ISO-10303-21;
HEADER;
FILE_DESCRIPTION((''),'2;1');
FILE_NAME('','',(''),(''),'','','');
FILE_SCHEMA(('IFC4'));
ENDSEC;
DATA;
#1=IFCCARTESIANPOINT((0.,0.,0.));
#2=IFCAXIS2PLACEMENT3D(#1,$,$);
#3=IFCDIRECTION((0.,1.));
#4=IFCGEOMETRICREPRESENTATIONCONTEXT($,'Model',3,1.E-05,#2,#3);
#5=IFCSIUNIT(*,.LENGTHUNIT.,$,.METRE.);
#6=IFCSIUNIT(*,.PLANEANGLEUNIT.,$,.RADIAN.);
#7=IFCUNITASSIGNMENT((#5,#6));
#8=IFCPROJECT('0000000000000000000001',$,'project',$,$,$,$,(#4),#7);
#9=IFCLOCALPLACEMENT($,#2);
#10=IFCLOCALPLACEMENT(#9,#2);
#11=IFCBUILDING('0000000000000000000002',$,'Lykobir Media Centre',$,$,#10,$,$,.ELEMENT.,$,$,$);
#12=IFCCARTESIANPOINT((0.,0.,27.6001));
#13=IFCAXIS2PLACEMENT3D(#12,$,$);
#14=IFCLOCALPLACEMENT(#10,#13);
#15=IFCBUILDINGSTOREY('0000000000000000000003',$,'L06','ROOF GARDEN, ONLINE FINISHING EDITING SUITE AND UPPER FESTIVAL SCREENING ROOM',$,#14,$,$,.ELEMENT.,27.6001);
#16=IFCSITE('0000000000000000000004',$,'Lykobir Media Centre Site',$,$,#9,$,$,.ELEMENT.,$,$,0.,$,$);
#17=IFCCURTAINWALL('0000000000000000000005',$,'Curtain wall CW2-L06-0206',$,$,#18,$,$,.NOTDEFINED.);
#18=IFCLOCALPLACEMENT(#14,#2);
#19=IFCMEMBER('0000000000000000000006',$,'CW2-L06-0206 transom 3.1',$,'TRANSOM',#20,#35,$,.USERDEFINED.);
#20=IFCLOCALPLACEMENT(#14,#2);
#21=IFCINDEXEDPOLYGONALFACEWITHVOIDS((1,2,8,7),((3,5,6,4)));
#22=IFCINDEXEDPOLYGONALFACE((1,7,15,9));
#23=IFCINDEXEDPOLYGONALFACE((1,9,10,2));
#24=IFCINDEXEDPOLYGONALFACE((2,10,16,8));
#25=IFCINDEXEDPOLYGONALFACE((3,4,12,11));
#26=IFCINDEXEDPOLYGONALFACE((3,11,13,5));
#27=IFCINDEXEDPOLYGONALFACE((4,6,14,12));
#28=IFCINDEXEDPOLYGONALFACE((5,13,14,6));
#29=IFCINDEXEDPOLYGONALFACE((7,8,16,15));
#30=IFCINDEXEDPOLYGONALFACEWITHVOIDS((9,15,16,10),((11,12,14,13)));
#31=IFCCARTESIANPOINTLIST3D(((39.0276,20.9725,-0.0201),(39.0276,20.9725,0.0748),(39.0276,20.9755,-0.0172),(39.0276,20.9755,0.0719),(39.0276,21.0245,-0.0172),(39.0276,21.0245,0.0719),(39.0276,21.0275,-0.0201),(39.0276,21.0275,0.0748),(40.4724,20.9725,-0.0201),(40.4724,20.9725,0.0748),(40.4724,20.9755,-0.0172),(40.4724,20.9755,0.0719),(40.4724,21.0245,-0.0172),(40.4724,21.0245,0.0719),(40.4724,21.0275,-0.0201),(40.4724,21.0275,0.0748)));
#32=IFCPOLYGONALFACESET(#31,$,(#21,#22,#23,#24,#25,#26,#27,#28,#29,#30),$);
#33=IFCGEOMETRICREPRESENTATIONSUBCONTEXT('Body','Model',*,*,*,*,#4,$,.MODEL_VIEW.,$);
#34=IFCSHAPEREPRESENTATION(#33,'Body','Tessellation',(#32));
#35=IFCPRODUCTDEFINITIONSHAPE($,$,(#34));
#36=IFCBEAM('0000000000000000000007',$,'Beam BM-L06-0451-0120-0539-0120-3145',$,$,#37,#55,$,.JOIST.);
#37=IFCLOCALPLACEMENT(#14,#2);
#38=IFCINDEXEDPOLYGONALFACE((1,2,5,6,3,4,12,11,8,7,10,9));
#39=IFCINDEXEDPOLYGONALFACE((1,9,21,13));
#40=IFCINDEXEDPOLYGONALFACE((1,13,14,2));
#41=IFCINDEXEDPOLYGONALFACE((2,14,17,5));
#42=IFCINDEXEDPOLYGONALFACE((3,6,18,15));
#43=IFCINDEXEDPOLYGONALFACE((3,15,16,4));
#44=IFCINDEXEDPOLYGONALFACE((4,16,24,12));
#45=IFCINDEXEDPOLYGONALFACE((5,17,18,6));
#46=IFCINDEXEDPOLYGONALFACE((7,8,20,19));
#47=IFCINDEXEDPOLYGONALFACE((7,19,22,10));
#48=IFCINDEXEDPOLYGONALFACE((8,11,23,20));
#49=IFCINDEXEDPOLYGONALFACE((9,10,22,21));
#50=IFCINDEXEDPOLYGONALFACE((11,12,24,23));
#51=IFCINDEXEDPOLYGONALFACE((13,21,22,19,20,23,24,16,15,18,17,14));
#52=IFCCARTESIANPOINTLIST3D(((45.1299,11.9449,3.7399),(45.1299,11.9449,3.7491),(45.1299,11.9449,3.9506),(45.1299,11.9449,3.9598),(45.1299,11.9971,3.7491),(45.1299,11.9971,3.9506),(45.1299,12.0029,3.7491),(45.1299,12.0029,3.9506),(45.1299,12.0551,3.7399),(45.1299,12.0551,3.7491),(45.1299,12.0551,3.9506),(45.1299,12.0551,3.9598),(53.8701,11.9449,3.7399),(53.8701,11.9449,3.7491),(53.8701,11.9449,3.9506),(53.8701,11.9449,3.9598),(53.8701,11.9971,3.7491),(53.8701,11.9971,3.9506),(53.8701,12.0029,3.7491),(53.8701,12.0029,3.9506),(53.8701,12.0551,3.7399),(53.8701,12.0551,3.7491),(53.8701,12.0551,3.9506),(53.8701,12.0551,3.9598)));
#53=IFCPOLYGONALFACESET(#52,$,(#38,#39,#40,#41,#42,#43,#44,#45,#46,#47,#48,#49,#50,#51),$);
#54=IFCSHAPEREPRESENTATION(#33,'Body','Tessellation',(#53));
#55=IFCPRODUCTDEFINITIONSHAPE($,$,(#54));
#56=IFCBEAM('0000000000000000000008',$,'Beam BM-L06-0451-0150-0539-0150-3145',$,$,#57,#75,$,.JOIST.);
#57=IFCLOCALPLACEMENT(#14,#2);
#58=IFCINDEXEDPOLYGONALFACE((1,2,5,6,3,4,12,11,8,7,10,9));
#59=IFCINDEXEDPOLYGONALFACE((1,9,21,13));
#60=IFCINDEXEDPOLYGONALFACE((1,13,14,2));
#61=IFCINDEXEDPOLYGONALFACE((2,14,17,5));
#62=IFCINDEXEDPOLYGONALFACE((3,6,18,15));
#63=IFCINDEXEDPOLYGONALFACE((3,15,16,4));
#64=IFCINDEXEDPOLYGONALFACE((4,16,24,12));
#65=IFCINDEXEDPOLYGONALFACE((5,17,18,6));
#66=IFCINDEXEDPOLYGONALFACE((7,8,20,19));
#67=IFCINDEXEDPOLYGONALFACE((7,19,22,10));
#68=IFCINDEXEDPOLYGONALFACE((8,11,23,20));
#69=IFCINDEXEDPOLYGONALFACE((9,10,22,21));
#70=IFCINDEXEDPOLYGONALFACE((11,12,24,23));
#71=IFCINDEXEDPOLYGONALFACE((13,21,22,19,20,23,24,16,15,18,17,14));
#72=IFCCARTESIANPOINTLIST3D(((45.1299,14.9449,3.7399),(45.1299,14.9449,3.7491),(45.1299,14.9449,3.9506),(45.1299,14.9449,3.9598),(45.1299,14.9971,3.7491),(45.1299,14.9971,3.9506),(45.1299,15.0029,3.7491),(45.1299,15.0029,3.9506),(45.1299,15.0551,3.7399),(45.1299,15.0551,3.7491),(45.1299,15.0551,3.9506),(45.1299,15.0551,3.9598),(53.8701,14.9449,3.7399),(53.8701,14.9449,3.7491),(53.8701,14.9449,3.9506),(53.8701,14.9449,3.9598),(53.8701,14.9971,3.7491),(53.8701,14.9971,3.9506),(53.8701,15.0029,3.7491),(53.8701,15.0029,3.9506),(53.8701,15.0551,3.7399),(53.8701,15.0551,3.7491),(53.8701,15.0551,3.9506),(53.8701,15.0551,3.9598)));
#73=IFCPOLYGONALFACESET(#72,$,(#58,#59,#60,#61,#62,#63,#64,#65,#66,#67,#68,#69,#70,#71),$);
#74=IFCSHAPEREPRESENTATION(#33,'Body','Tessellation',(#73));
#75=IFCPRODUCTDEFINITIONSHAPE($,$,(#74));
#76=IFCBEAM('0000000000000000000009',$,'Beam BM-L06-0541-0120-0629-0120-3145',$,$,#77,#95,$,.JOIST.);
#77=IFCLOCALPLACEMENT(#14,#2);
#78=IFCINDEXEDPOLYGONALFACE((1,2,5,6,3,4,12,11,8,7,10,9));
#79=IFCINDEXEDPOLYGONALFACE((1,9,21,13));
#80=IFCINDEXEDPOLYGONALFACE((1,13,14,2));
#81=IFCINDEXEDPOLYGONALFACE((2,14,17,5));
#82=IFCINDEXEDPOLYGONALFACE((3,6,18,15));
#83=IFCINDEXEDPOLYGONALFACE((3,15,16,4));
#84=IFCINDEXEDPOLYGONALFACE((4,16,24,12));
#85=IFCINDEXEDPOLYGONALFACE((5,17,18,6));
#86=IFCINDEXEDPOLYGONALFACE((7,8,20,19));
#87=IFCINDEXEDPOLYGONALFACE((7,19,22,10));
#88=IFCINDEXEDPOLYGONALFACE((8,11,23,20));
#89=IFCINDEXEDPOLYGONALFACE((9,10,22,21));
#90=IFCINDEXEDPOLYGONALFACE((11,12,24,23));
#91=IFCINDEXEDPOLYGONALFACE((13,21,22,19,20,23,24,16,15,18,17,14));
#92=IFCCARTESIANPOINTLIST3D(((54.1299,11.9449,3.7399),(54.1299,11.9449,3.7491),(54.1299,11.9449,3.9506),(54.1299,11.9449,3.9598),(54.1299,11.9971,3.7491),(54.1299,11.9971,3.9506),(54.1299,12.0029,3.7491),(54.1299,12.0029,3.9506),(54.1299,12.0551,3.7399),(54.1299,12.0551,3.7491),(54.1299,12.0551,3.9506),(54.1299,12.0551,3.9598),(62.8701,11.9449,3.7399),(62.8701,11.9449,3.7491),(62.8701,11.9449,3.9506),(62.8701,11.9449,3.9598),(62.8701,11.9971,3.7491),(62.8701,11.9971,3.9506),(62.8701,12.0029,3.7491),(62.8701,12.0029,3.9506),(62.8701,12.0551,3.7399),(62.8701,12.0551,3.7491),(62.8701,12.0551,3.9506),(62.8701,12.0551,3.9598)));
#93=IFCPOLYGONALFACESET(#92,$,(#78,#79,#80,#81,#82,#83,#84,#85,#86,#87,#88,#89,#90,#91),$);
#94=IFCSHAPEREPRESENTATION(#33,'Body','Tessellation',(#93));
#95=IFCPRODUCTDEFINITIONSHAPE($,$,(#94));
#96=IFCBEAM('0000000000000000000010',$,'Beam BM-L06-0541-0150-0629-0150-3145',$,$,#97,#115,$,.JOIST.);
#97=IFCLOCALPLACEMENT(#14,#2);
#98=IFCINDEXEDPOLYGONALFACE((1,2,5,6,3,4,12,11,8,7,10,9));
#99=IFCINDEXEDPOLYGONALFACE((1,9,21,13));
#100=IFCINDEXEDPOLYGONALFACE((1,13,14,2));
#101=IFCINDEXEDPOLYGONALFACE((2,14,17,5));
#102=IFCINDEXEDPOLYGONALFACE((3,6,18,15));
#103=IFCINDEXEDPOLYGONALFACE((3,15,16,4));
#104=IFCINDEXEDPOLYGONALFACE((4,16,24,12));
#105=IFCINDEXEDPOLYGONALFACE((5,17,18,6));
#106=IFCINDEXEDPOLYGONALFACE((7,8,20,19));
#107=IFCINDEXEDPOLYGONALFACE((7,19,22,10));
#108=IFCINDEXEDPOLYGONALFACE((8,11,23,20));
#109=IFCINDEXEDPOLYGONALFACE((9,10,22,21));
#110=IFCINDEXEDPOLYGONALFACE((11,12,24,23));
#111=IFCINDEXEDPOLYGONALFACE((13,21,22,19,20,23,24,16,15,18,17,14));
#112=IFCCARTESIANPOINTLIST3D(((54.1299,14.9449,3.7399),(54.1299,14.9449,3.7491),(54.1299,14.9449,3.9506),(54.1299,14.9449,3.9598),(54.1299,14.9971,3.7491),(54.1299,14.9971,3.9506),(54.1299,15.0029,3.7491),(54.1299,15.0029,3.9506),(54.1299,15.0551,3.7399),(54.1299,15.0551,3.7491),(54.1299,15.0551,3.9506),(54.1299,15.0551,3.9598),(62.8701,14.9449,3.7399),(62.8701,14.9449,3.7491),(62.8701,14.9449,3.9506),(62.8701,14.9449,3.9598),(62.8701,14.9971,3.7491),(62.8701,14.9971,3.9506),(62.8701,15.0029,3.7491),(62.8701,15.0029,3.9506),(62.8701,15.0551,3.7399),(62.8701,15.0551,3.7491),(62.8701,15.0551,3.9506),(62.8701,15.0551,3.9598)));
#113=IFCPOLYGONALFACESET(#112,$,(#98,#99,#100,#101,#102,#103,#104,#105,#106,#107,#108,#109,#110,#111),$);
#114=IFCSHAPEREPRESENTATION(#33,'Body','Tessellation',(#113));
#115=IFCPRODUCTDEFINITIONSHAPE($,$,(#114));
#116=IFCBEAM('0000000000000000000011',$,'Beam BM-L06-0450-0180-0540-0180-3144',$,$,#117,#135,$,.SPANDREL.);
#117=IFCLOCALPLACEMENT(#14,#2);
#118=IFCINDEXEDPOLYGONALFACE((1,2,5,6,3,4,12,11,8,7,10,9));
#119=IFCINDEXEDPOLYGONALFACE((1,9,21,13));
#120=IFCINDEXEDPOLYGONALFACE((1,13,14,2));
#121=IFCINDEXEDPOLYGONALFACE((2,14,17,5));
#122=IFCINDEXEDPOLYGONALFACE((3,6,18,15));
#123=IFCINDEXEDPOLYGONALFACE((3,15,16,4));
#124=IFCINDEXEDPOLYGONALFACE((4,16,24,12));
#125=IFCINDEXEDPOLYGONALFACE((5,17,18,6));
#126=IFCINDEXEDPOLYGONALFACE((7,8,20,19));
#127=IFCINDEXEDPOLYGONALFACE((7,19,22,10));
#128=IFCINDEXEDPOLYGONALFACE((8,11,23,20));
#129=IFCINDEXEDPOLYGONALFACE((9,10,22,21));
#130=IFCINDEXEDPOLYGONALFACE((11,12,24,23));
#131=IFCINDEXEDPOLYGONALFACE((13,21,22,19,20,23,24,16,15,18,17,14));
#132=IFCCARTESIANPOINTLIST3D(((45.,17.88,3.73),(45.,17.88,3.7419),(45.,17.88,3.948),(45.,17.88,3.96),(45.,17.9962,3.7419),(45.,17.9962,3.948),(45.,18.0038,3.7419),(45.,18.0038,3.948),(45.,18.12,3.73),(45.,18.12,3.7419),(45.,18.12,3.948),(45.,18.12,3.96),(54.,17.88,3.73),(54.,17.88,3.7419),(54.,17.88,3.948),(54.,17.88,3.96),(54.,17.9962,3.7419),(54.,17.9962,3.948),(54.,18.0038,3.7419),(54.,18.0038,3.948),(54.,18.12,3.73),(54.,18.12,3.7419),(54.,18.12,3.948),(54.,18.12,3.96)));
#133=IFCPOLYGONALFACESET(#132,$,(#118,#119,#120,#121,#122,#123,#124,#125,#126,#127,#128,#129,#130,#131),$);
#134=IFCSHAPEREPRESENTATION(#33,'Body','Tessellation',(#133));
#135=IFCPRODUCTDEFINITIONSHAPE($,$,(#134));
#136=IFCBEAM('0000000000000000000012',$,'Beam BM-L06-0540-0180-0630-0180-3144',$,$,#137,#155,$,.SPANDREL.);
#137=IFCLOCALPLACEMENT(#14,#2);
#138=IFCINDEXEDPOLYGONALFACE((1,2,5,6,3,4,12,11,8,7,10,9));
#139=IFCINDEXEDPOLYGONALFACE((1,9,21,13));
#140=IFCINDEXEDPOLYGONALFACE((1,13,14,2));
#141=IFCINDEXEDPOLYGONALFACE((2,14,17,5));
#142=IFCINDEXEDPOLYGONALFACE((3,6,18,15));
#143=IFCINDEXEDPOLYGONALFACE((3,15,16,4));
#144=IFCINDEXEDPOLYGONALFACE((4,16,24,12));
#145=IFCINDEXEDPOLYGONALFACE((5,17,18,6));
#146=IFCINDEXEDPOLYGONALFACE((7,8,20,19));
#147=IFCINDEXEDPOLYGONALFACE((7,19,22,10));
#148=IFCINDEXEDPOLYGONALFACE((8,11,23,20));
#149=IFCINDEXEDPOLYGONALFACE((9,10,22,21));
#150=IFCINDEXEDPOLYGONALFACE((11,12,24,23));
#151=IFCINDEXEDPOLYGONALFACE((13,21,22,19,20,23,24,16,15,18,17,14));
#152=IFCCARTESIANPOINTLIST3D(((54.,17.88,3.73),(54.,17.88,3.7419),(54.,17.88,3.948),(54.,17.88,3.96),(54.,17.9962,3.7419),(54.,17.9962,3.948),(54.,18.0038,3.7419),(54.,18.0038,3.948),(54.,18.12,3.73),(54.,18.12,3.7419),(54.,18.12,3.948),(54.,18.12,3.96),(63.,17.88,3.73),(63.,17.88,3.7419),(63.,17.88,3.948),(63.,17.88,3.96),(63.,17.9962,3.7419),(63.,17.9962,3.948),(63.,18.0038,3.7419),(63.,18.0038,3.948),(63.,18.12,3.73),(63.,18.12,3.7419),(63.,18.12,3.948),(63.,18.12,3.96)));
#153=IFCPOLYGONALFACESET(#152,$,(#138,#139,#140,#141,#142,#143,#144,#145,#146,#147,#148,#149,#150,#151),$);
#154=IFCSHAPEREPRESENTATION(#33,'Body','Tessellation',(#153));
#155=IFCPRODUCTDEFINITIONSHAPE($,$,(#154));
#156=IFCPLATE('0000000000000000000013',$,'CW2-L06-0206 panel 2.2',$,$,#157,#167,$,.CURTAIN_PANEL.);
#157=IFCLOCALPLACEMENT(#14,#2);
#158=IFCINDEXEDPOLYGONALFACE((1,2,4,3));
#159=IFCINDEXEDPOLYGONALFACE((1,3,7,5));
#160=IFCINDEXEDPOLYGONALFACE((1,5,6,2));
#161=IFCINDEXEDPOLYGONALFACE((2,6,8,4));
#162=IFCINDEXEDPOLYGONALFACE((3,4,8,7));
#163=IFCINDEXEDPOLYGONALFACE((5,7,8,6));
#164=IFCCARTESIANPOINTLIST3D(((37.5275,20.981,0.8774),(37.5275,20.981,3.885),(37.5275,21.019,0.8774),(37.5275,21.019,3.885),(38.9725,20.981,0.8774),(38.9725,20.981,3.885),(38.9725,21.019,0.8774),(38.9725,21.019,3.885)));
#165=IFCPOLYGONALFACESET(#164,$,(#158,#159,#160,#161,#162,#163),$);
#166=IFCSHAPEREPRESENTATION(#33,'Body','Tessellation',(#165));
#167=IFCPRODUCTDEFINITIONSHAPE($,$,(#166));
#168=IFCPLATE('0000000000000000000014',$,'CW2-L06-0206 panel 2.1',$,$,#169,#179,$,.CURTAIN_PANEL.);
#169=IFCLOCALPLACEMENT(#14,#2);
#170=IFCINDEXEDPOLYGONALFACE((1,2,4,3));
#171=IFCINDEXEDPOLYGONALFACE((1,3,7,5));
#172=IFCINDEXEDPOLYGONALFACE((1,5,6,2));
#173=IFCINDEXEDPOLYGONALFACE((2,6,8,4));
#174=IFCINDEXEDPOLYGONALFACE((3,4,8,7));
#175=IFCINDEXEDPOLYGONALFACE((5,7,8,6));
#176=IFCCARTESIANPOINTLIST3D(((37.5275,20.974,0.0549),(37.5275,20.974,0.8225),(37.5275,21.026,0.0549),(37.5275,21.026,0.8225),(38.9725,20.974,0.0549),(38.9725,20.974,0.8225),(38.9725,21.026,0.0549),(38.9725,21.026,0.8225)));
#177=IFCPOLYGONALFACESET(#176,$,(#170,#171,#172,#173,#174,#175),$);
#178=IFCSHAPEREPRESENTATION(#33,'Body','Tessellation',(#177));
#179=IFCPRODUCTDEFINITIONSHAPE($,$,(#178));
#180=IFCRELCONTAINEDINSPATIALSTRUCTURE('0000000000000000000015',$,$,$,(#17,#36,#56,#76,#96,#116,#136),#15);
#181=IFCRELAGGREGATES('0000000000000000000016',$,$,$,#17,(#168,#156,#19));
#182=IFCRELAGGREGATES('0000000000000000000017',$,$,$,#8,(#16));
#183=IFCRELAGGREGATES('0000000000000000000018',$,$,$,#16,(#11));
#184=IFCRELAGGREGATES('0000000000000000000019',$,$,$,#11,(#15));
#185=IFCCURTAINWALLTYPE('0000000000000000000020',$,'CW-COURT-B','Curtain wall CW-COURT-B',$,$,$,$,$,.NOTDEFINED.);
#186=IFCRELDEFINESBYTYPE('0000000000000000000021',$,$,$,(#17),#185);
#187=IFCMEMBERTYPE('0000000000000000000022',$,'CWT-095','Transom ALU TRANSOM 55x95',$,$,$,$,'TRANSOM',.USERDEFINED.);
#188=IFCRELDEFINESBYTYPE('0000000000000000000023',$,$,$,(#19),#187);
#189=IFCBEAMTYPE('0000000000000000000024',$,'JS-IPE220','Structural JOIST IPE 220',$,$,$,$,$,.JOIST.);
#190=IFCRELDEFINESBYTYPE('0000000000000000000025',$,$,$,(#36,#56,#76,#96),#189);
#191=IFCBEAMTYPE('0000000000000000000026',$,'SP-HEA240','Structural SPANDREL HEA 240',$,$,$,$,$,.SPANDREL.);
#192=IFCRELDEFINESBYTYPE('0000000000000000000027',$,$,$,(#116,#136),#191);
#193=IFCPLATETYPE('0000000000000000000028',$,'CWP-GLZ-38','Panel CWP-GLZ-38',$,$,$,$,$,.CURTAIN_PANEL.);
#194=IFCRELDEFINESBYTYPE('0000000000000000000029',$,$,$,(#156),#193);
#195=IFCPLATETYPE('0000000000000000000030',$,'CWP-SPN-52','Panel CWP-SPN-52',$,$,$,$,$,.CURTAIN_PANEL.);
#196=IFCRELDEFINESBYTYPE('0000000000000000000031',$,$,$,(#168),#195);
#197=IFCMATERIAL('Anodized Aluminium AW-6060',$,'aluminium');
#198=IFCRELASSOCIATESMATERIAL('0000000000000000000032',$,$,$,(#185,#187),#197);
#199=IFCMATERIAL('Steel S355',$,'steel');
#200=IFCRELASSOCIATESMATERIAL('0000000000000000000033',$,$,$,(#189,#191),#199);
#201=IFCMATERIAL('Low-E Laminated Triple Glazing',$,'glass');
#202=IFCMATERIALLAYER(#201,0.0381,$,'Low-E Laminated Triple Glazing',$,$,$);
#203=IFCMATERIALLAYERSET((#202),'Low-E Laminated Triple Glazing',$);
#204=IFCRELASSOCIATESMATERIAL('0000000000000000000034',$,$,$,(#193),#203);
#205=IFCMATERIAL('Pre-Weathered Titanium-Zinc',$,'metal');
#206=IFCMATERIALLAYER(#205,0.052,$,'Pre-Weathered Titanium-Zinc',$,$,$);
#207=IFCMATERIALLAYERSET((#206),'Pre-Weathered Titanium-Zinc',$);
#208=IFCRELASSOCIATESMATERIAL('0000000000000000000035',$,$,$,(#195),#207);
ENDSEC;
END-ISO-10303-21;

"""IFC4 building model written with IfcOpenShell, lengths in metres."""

from ifc_helpers import new_model, si_unit, direction, frame, origin, origin_2d, place, context, subcontext, project, spatial, rectangle, hollow_rectangle, i_section, extrude, material, layer, layer_set, material_profile, profile_set, type_object, element, aggregate, save


model = new_model("IFC4")

# Units and contexts
model_context = context("Model", 3, precision=1e-05, world=origin(), true_north=direction((0.0, 1.0)))
body_context = subcontext(model_context, "Body", "Model", "MODEL_VIEW")
ifc_project = project(units=[si_unit("LENGTHUNIT", "METRE"), si_unit("PLANEANGLEUNIT", "RADIAN")], contexts=[model_context])

# Site, building, storey
site_placement = place(None, origin())
site = spatial("IfcSite", under=ifc_project, at=site_placement, Name="Lykobir Media Centre Site", CompositionType="ELEMENT", RefElevation=0.0)
building_placement = place(site_placement, origin())
building = spatial("IfcBuilding", under=site, at=building_placement, Name="Lykobir Media Centre", CompositionType="ELEMENT")
storey_placement = place(building_placement, frame((0.0, 0.0, 27.6001)))
storey = spatial("IfcBuildingStorey", under=building, at=storey_placement, Name="L06", Description="ROOF GARDEN, ONLINE FINISHING EDITING SUITE AND UPPER FESTIVAL SCREENING ROOM", CompositionType="ELEMENT", Elevation=27.6001)

# Shared definitions
ifc_material_1 = material(Name="Steel S355", Category="steel")

# Curtain wall, member
ifc_material_2 = material(Name="Anodized Aluminium AW-6060", Category="aluminium")
curtain_wall_type = type_object("IfcCurtainWallType", Name="CW-COURT-B", Description="Curtain wall CW-COURT-B", PredefinedType="NOTDEFINED", material=ifc_material_2)
curtain_wall_placement = place(storey_placement, origin())
curtain_wall = element("IfcCurtainWall", 1, at=curtain_wall_placement, inside=storey, type_object=curtain_wall_type, Name="Curtain wall CW2-L06-0206", PredefinedType="NOTDEFINED")
ifc_material_profile_1 = material_profile(ifc_material_2, hollow_rectangle(XDim=0.0549, YDim=0.095, WallThickness=0.0029, at=origin_2d()), Name="ALU TRANSOM 55x95")
ifc_profile_set_1 = profile_set([ifc_material_profile_1], Name="Anodized Aluminium AW-6060")
member_type_1 = type_object("IfcMemberType", Name="CWT-095", Description="Transom ALU TRANSOM 55x95", ElementType="TRANSOM", PredefinedType="USERDEFINED", material=ifc_profile_set_1)
member_1_placement = place(storey_placement, frame((39.0276, 21.0, 0.0273), z_axis=(1.0, 0.0, 0.0), x_axis=(0.0, 1.0, 0.0)))
member_1 = element("IfcMember", 2, at=member_1_placement, type_object=member_type_1, Name="CW2-L06-0206 transom 3.1", ObjectType="TRANSOM", PredefinedType="USERDEFINED", context=body_context, shape_type="SweptSolid", body=[
    extrude(hollow_rectangle(XDim=0.0549, YDim=0.095, WallThickness=0.0029, at=origin_2d()), origin(), (0.0, 0.0, 1.0), 1.4448),
])

# Beams
ifc_material_profile_2 = material_profile(ifc_material_1, i_section(OverallWidth=0.1101, OverallDepth=0.22, WebThickness=0.0059, FlangeThickness=0.0093, at=origin_2d()), Name="IPE 220")
ifc_profile_set_2 = profile_set([ifc_material_profile_2], Name="Steel S355")
beam_type_1 = type_object("IfcBeamType", Name="JS-IPE220", Description="Structural JOIST IPE 220", PredefinedType="JOIST", material=ifc_profile_set_2)
for number, where, z_axis, x_axis, name in (
    (3, (45.1299, 12.0, 3.8499), (1.0, 0.0, 0.0), (0.0, 1.0, 0.0), "Beam BM-L06-0451-0120-0539-0120-3145"),
    (4, (45.1299, 15.0, 3.8499), (1.0, 0.0, 0.0), (0.0, 1.0, 0.0), "Beam BM-L06-0451-0150-0539-0150-3145"),
    (5, (54.1299, 12.0, 3.8499), (1.0, 0.0, 0.0), (0.0, 1.0, 0.0), "Beam BM-L06-0541-0120-0629-0120-3145"),
    (6, (54.1299, 15.0, 3.8499), (1.0, 0.0, 0.0), (0.0, 1.0, 0.0), "Beam BM-L06-0541-0150-0629-0150-3145"),
):
    element("IfcBeam", number, at=place(storey_placement, frame(where, z_axis=z_axis, x_axis=x_axis)), inside=storey, type_object=beam_type_1, Name=name, PredefinedType="JOIST", context=body_context, shape_type="SweptSolid", body=[
        extrude(i_section(OverallWidth=0.1101, OverallDepth=0.22, WebThickness=0.0059, FlangeThickness=0.0093, at=origin_2d()), origin(), (0.0, 0.0, 1.0), 8.7402),
    ])
ifc_material_profile_3 = material_profile(ifc_material_1, i_section(OverallWidth=0.24, OverallDepth=0.23, WebThickness=0.0076, FlangeThickness=0.012, at=origin_2d()), Name="HEA 240")
ifc_profile_set_3 = profile_set([ifc_material_profile_3], Name="Steel S355")
beam_type_2 = type_object("IfcBeamType", Name="SP-HEA240", Description="Structural SPANDREL HEA 240", PredefinedType="SPANDREL", material=ifc_profile_set_3)
for number, where, z_axis, x_axis, name in (
    (7, (45.0, 18.0, 3.845), (1.0, 0.0, 0.0), (0.0, 1.0, 0.0), "Beam BM-L06-0450-0180-0540-0180-3144"),
    (8, (54.0, 18.0, 3.845), (1.0, 0.0, 0.0), (0.0, 1.0, 0.0), "Beam BM-L06-0540-0180-0630-0180-3144"),
):
    element("IfcBeam", number, at=place(storey_placement, frame(where, z_axis=z_axis, x_axis=x_axis)), inside=storey, type_object=beam_type_2, Name=name, PredefinedType="SPANDREL", context=body_context, shape_type="SweptSolid", body=[
        extrude(i_section(OverallWidth=0.24, OverallDepth=0.23, WebThickness=0.0076, FlangeThickness=0.012, at=origin_2d()), origin(), (0.0, 0.0, 1.0), 9.0),
    ])

# Plates
ifc_material_3 = material(Name="Low-E Laminated Triple Glazing", Category="glass")
ifc_layer_1 = layer(ifc_material_3, 0.0381, Name="Low-E Laminated Triple Glazing")
ifc_layer_set_1 = layer_set([ifc_layer_1], Name="Low-E Laminated Triple Glazing")
plate_type_1 = type_object("IfcPlateType", Name="CWP-GLZ-38", Description="Panel CWP-GLZ-38", PredefinedType="CURTAIN_PANEL", material=ifc_layer_set_1)
plate_1_placement = place(storey_placement, frame((38.25, 21.0, 0.8774), z_axis=(0.0, 0.0, 1.0), x_axis=(1.0, 0.0, 0.0)))
plate_1 = element("IfcPlate", 9, at=plate_1_placement, type_object=plate_type_1, Name="CW2-L06-0206 panel 2.2", PredefinedType="CURTAIN_PANEL", context=body_context, shape_type="SweptSolid", body=[
    extrude(rectangle(XDim=1.4451, YDim=0.0381, at=origin_2d()), origin(), (0.0, 0.0, 1.0), 3.0076),
])
ifc_material_4 = material(Name="Pre-Weathered Titanium-Zinc", Category="metal")
ifc_layer_2 = layer(ifc_material_4, 0.052, Name="Pre-Weathered Titanium-Zinc")
ifc_layer_set_2 = layer_set([ifc_layer_2], Name="Pre-Weathered Titanium-Zinc")
plate_type_2 = type_object("IfcPlateType", Name="CWP-SPN-52", Description="Panel CWP-SPN-52", PredefinedType="CURTAIN_PANEL", material=ifc_layer_set_2)
plate_2_placement = place(storey_placement, frame((38.25, 21.0, 0.0549), z_axis=(0.0, 0.0, 1.0), x_axis=(1.0, 0.0, 0.0)))
plate_2 = element("IfcPlate", 10, at=plate_2_placement, type_object=plate_type_2, Name="CW2-L06-0206 panel 2.1", PredefinedType="CURTAIN_PANEL", context=body_context, shape_type="SweptSolid", body=[
    extrude(rectangle(XDim=1.4451, YDim=0.052, at=origin_2d()), origin(), (0.0, 0.0, 1.0), 0.7676),
])
aggregate(curtain_wall, [plate_2, plate_1, member_1])

save(model, "model.ifc")
